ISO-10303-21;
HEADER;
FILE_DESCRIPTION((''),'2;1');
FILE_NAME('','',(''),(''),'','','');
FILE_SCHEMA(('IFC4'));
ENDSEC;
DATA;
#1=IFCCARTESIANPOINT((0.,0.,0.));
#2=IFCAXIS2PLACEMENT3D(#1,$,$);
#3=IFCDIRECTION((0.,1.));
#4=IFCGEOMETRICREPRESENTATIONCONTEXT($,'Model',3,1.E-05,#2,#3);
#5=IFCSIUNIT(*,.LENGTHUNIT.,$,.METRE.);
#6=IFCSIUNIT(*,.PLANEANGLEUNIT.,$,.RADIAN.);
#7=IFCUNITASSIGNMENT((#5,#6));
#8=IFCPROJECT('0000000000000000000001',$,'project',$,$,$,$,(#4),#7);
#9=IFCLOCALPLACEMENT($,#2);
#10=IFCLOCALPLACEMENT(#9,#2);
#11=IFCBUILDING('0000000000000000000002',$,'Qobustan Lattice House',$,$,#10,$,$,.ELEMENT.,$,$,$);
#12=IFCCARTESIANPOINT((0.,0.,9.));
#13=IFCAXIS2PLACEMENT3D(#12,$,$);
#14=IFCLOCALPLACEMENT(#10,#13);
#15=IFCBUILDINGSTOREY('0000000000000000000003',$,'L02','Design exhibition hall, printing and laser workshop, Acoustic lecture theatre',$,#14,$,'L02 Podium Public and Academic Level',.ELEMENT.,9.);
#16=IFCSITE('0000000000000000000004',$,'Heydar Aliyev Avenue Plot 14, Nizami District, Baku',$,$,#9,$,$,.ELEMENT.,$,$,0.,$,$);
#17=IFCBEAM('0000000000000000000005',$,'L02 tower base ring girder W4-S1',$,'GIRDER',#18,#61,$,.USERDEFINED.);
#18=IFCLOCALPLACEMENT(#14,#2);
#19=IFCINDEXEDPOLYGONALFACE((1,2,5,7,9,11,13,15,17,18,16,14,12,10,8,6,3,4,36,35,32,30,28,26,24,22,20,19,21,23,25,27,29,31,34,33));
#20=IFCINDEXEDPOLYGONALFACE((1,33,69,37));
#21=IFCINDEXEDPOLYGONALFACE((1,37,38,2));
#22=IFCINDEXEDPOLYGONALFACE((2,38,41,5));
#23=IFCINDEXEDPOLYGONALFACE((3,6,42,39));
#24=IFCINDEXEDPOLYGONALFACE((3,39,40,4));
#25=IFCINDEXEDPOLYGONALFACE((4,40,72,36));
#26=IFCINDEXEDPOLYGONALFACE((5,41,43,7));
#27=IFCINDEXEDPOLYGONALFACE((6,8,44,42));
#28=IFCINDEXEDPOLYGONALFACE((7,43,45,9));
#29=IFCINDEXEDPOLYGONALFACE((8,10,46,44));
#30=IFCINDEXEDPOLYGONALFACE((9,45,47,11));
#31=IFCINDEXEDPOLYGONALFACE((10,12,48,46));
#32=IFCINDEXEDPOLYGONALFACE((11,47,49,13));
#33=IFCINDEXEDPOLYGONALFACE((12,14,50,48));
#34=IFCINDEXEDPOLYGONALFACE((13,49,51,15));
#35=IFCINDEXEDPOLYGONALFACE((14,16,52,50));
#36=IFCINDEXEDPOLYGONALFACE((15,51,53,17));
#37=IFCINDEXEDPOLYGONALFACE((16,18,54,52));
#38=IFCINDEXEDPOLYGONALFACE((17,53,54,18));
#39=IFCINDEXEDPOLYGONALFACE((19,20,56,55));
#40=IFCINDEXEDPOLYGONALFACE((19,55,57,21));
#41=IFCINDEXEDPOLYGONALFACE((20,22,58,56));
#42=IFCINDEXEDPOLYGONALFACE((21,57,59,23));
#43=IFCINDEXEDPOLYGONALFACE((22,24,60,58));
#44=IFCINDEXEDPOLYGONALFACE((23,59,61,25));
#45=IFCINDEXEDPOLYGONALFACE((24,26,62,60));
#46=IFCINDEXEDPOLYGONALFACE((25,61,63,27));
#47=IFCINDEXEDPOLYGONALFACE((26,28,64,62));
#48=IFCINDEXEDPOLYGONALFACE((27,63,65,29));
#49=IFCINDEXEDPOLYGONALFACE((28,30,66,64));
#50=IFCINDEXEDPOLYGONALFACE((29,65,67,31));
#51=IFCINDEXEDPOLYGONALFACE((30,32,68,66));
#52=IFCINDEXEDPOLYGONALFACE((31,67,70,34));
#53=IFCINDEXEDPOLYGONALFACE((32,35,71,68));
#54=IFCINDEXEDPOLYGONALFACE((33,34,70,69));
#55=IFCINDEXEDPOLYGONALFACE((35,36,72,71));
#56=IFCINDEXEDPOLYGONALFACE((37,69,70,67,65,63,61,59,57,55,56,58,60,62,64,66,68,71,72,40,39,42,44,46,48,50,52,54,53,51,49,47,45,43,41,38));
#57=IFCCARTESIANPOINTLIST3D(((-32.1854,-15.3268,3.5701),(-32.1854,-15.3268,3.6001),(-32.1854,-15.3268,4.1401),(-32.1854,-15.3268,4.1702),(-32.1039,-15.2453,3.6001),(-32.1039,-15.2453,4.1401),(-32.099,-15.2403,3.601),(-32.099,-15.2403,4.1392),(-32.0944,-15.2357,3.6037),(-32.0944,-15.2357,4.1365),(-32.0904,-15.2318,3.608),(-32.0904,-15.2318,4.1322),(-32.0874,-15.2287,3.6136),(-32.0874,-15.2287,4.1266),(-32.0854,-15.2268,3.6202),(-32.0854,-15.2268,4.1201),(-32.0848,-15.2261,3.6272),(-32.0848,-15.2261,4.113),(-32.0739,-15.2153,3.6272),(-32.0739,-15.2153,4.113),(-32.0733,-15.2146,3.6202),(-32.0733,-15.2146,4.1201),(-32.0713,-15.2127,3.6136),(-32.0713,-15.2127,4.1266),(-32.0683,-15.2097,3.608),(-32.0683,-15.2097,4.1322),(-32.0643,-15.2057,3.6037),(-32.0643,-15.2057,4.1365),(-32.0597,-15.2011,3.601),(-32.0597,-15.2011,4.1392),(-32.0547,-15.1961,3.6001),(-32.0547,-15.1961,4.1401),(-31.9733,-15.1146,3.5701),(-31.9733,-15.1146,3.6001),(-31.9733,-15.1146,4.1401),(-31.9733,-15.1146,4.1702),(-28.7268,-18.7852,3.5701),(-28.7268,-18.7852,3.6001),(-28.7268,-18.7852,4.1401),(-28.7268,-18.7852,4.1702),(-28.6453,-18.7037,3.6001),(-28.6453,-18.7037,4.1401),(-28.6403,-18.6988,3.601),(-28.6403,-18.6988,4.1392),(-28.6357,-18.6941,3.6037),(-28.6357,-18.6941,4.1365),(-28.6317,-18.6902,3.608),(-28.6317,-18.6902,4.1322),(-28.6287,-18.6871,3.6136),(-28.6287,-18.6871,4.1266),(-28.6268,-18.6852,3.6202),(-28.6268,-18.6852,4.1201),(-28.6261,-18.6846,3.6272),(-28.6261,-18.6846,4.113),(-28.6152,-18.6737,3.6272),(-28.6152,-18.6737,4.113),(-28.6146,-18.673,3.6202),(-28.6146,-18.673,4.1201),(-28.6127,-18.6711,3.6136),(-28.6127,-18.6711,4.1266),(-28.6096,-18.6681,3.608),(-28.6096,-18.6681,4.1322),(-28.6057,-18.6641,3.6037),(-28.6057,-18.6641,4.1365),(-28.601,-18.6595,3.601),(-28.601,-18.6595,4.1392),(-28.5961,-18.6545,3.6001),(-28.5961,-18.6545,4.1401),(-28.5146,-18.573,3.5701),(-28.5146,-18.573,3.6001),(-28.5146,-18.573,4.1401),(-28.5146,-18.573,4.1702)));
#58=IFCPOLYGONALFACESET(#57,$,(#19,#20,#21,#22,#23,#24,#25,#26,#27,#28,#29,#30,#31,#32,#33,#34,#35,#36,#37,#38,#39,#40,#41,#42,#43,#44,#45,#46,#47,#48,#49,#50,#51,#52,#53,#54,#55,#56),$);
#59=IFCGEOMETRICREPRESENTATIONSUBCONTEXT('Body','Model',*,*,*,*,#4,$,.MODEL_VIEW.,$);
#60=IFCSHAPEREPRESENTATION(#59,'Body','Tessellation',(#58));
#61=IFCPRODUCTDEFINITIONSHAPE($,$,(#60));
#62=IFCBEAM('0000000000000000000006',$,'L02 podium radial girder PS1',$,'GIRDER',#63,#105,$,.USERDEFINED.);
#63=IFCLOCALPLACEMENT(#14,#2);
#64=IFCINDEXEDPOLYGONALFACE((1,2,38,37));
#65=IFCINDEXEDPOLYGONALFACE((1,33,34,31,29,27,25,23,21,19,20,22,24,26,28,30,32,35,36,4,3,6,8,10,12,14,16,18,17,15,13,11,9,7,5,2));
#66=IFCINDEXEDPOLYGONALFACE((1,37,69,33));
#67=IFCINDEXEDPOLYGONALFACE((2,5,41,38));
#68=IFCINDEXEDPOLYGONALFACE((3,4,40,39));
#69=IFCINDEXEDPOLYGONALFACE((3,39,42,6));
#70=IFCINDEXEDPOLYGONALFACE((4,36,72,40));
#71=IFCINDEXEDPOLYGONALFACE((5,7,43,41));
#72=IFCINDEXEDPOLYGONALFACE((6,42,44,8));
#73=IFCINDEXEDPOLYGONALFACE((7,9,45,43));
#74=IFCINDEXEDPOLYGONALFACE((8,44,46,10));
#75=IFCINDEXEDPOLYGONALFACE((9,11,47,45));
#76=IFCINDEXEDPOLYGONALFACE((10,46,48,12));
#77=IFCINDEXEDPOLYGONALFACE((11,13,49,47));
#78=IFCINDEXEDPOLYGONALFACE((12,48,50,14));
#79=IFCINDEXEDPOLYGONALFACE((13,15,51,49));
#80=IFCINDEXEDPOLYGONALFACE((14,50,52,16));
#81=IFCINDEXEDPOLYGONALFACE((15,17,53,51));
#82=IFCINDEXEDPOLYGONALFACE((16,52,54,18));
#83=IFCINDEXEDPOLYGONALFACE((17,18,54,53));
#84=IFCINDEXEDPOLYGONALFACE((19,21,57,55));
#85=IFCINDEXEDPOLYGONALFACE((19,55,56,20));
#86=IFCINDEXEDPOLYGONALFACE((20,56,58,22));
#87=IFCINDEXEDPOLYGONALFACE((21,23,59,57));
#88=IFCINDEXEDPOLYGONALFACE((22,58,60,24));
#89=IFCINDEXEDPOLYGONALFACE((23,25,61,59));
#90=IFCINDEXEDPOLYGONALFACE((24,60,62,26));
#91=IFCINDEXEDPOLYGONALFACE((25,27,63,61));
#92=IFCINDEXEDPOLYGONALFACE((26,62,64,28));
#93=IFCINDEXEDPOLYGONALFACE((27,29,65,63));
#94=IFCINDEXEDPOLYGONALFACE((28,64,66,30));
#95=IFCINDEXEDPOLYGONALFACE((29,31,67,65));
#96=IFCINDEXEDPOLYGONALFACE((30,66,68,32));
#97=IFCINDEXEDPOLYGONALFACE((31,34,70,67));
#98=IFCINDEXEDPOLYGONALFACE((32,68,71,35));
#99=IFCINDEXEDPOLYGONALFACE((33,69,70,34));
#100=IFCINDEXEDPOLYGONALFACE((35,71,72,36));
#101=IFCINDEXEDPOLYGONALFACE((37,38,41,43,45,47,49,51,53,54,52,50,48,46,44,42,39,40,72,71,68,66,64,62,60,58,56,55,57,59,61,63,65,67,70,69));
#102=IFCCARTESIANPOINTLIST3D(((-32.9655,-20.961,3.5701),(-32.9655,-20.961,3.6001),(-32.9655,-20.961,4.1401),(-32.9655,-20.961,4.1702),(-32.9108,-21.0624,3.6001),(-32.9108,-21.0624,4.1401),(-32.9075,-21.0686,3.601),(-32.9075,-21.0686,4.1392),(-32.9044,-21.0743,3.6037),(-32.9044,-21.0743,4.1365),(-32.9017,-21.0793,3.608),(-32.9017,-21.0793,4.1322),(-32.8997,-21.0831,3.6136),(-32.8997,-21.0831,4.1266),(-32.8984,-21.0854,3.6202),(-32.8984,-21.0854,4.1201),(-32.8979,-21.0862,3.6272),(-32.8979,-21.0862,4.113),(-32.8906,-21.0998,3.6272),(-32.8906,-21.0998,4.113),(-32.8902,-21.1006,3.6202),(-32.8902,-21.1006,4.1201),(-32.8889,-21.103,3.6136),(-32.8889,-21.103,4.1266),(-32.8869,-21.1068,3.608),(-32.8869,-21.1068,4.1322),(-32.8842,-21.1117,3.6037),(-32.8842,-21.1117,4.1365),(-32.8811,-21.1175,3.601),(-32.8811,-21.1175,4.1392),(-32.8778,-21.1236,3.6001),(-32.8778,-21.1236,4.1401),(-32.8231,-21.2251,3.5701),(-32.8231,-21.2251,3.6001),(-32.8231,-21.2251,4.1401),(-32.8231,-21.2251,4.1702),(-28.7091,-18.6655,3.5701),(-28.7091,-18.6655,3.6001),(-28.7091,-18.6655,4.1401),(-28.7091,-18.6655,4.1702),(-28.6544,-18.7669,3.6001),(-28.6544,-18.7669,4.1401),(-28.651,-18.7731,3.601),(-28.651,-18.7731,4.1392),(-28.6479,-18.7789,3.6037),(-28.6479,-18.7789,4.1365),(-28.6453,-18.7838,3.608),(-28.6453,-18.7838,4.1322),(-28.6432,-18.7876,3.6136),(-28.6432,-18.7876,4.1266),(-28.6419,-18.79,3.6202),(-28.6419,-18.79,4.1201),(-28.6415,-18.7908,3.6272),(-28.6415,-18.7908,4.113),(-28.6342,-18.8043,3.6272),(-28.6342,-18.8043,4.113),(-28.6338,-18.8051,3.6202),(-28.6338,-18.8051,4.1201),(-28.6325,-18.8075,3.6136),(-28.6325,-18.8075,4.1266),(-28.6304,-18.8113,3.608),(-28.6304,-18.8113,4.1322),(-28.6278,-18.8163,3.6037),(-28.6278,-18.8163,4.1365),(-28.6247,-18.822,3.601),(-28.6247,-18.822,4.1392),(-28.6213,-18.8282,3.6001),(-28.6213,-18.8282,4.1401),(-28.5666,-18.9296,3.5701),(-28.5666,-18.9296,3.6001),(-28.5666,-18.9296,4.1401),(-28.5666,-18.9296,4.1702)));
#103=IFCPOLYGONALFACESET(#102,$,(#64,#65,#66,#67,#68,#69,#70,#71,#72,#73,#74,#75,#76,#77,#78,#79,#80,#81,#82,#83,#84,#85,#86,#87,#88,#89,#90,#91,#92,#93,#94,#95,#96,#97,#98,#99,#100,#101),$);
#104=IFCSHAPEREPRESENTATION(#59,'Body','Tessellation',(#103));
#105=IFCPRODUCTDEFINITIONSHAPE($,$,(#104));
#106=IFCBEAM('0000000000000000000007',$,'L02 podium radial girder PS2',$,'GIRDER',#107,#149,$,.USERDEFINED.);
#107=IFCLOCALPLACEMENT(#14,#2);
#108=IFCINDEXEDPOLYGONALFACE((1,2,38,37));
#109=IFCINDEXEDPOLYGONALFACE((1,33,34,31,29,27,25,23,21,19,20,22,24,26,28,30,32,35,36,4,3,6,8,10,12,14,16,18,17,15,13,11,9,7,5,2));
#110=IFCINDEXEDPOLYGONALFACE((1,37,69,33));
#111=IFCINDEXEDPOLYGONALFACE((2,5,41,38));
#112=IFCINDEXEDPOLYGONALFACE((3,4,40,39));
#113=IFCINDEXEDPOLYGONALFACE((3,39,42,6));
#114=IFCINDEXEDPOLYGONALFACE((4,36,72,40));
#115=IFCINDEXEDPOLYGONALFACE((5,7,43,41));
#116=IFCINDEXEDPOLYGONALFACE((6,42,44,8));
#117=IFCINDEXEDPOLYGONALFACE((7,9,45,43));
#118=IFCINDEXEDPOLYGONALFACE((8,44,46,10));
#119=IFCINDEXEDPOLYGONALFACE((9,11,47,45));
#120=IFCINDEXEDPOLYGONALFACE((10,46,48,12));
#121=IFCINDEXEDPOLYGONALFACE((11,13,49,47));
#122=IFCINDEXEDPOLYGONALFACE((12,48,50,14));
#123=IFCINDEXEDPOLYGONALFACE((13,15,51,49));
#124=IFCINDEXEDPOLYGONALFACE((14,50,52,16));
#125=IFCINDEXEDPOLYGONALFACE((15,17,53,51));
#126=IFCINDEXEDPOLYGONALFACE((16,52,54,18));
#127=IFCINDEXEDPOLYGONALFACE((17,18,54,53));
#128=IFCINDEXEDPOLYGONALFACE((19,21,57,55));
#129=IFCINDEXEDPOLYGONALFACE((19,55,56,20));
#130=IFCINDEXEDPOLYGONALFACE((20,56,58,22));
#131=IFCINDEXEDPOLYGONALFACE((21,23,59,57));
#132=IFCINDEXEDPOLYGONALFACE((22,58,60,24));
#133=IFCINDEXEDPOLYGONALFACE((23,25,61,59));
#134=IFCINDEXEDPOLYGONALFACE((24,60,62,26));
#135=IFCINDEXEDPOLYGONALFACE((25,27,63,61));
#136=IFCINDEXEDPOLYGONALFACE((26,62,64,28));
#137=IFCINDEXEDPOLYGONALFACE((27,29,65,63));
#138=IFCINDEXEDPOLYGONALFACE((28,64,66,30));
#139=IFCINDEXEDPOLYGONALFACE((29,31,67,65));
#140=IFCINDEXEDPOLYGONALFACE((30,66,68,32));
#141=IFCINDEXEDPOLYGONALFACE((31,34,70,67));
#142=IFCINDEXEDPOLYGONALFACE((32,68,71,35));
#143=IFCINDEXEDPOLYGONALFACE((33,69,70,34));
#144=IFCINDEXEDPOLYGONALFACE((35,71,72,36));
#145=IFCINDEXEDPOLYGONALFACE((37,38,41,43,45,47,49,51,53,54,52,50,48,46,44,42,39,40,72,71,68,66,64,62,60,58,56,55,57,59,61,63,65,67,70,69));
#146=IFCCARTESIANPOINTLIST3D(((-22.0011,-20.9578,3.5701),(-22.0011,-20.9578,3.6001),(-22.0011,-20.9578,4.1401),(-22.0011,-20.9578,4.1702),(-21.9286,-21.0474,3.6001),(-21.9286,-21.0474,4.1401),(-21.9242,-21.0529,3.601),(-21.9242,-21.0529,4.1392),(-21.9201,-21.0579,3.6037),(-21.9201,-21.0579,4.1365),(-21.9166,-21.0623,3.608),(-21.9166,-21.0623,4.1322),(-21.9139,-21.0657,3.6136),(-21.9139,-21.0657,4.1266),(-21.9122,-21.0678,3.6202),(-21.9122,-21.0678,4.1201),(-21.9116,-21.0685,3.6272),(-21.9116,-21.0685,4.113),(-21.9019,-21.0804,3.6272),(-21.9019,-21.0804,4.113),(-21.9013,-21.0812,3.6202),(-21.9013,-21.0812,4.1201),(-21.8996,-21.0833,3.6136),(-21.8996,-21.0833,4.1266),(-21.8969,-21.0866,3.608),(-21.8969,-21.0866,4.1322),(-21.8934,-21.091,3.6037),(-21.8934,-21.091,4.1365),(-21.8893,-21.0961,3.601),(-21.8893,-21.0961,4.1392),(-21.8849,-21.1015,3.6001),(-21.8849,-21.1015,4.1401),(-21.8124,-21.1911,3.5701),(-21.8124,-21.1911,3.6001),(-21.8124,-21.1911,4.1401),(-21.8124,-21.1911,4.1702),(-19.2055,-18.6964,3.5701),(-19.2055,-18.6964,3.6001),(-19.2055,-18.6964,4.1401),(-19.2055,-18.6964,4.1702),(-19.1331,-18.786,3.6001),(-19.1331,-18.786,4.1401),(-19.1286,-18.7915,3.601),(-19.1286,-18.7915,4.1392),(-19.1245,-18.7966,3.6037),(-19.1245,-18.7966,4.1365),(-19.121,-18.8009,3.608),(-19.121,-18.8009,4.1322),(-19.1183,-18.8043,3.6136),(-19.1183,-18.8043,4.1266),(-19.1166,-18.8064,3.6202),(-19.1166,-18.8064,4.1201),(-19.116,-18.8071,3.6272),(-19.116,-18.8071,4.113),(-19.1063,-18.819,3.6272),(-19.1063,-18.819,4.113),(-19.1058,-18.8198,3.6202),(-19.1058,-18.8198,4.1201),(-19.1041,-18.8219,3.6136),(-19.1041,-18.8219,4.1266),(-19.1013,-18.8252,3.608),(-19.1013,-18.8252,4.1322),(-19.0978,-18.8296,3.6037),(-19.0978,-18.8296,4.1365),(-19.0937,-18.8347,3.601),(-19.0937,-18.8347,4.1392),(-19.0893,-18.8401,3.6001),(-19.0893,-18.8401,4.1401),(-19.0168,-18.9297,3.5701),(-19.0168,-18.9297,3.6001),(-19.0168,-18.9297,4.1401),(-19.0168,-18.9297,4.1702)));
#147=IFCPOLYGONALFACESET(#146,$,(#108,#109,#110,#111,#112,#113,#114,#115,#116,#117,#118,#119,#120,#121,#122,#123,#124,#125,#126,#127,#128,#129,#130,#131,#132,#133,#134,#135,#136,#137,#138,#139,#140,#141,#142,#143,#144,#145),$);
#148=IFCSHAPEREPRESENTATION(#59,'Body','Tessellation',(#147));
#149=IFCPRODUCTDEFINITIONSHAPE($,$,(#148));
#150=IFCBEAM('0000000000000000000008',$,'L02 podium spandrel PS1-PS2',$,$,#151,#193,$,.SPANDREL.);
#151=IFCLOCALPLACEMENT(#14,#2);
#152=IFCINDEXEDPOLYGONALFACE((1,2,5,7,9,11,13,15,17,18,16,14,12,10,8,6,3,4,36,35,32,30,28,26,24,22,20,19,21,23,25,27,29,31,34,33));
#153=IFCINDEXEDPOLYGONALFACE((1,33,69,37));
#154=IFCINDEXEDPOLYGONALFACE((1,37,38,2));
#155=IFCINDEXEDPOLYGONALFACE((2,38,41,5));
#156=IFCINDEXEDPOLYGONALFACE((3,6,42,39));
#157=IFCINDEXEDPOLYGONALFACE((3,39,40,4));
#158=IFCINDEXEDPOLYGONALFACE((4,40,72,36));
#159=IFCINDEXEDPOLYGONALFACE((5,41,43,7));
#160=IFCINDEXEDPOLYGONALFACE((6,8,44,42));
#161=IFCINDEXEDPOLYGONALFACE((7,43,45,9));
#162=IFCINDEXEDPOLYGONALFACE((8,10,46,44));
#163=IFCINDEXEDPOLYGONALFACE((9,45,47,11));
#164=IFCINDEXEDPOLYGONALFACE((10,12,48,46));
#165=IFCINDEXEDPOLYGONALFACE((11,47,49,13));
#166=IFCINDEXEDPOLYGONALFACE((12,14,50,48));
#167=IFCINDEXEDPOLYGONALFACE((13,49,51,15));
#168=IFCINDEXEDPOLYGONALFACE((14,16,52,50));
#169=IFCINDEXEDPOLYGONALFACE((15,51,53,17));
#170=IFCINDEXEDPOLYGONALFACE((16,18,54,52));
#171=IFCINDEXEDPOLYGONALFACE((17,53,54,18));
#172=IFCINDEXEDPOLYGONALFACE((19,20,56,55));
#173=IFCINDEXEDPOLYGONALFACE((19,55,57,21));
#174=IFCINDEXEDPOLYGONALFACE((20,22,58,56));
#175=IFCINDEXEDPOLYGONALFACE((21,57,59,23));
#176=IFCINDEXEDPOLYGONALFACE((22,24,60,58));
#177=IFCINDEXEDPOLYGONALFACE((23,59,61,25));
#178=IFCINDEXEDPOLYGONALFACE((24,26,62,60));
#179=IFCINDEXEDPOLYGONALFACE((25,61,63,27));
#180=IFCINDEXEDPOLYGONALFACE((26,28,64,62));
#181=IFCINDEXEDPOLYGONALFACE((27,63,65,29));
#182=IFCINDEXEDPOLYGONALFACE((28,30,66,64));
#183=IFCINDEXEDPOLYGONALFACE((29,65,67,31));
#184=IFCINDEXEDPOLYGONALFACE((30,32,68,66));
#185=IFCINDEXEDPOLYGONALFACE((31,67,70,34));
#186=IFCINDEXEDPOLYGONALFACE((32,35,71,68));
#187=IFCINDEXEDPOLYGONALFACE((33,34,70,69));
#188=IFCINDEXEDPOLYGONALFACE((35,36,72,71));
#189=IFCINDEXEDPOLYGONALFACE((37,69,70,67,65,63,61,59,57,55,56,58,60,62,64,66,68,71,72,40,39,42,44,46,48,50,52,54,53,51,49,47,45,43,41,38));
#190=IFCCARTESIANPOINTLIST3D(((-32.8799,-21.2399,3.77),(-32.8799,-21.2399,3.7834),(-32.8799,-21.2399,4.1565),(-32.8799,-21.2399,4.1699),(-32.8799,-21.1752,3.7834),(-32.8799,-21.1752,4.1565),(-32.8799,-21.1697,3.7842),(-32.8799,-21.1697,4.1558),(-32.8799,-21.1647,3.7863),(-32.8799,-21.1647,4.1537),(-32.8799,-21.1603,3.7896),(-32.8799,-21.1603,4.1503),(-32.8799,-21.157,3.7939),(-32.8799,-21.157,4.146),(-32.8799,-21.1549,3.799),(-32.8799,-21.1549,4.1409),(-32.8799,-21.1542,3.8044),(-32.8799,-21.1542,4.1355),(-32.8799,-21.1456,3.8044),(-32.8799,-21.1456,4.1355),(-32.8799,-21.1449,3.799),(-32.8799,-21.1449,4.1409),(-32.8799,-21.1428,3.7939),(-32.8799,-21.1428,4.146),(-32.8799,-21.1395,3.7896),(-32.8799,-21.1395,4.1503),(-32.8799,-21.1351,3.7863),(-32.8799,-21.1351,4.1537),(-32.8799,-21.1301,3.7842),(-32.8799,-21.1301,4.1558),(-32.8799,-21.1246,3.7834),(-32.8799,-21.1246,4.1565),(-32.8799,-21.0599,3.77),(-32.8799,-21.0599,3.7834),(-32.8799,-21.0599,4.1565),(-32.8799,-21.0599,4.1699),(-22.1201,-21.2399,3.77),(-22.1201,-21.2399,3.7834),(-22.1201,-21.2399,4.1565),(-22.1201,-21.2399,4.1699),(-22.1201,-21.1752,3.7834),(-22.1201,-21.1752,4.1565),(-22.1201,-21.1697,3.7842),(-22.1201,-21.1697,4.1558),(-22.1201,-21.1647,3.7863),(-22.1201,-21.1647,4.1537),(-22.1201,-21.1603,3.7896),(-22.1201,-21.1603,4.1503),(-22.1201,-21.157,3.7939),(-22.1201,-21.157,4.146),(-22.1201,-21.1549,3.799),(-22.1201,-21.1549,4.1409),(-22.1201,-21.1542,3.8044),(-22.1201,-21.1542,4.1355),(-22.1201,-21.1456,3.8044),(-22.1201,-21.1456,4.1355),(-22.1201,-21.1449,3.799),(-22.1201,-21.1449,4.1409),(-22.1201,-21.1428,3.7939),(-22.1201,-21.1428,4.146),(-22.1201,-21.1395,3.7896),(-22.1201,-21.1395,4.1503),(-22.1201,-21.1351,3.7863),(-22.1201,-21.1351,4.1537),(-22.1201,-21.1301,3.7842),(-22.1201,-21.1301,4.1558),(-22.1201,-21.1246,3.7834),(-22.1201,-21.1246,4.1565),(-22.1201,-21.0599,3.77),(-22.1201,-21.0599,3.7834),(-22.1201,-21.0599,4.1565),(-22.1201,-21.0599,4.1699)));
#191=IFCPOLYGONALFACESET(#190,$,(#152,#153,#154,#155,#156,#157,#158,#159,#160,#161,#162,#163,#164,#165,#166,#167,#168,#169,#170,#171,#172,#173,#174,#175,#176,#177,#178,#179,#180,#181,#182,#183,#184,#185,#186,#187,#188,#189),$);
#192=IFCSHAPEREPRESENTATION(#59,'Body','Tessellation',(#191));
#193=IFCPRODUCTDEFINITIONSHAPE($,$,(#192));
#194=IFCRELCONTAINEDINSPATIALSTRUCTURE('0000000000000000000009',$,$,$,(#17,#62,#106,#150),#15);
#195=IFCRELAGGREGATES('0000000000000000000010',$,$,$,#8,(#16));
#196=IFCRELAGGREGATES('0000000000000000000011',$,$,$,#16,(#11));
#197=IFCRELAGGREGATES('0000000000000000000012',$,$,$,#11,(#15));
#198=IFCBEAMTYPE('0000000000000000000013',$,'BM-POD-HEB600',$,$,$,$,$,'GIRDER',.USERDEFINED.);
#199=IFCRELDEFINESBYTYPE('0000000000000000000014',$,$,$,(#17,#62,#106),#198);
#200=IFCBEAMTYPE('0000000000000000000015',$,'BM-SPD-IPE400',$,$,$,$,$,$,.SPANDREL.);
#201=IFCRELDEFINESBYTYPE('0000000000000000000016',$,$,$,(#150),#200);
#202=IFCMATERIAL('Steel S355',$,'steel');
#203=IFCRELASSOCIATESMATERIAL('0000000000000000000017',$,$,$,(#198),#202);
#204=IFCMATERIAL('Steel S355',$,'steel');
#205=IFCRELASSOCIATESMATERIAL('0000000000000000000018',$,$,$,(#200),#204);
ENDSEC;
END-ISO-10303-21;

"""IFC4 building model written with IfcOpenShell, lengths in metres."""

from ifc_helpers import new_model, si_unit, direction, frame, origin, origin_2d, place, context, subcontext, project, spatial, i_section, extrude, material, material_profile, profile_set, type_object, element, save


model = new_model("IFC4")

# Units and contexts
model_context = context("Model", 3, precision=1e-05, world=origin(), true_north=direction((0.0, 1.0)))
body_context = subcontext(model_context, "Body", "Model", "MODEL_VIEW")
ifc_project = project(units=[si_unit("LENGTHUNIT", "METRE"), si_unit("PLANEANGLEUNIT", "RADIAN")], contexts=[model_context])

# Site, building, storey
site_placement = place(None, origin())
site = spatial("IfcSite", under=ifc_project, at=site_placement, Name="Heydar Aliyev Avenue Plot 14, Nizami District, Baku", CompositionType="ELEMENT", RefElevation=0.0)
building_placement = place(site_placement, origin())
building = spatial("IfcBuilding", under=site, at=building_placement, Name="Qobustan Lattice House", CompositionType="ELEMENT")
storey_placement = place(building_placement, frame((0.0, 0.0, 9.0)))
storey = spatial("IfcBuildingStorey", under=building, at=storey_placement, Name="L02", Description="Design exhibition hall, printing and laser workshop, Acoustic lecture theatre", LongName="L02 Podium Public and Academic Level", CompositionType="ELEMENT", Elevation=9.0)

# Beams
ifc_material_1 = material(Name="Steel S355", Category="steel")
ifc_material_profile_1 = material_profile(ifc_material_1, i_section(OverallWidth=0.3, OverallDepth=0.6001, WebThickness=0.0154, FlangeThickness=0.03, FilletRadius=0.0271, at=origin_2d()), Name="HEB600")
ifc_profile_set_1 = profile_set([ifc_material_profile_1], Name="Steel S355")
beam_type_1 = type_object("IfcBeamType", Name="BM-POD-HEB600", ElementType="GIRDER", PredefinedType="USERDEFINED", material=ifc_profile_set_1)
beam_1_placement = place(storey_placement, frame((-32.0793, -15.2207, 3.8701), z_axis=(0.707132, -0.707082, 0.0), x_axis=(0.707082, 0.707132, 0.0)))
element("IfcBeam", 1, at=beam_1_placement, inside=storey, type_object=beam_type_1, Name="L02 tower base ring girder W4-S1", ObjectType="GIRDER", PredefinedType="USERDEFINED", context=body_context, shape_type="SweptSolid", body=[
    extrude(i_section(OverallWidth=0.3, OverallDepth=0.6001, WebThickness=0.0154, FlangeThickness=0.03, FilletRadius=0.0271, at=origin_2d()), origin(), (0.0, 0.0, 1.0), 4.8911),
])
beam_2_placement = place(storey_placement, frame((-32.8943, -21.093, 3.8701), z_axis=(0.880166, 0.474666, 0.0), x_axis=(-0.474666, 0.880166, 0.0)))
element("IfcBeam", 2, at=beam_2_placement, inside=storey, type_object=beam_type_1, Name="L02 podium radial girder PS1", ObjectType="GIRDER", PredefinedType="USERDEFINED", context=body_context, shape_type="SweptSolid", body=[
    extrude(i_section(OverallWidth=0.3, OverallDepth=0.6001, WebThickness=0.0154, FlangeThickness=0.03, FilletRadius=0.0271, at=origin_2d()), origin(), (0.0, 0.0, 1.0), 4.8359),
])
beam_3_placement = place(storey_placement, frame((-21.9067, -21.0745, 3.8701), z_axis=(0.777473, 0.628917, 0.0), x_axis=(-0.628917, 0.777473, 0.0)))
element("IfcBeam", 3, at=beam_3_placement, inside=storey, type_object=beam_type_1, Name="L02 podium radial girder PS2", ObjectType="GIRDER", PredefinedType="USERDEFINED", context=body_context, shape_type="SweptSolid", body=[
    extrude(i_section(OverallWidth=0.3, OverallDepth=0.6001, WebThickness=0.0154, FlangeThickness=0.03, FilletRadius=0.0271, at=origin_2d()), origin(), (0.0, 0.0, 1.0), 3.5957),
])
ifc_material_2 = material(Name="Steel S355", Category="steel")
ifc_material_profile_2 = material_profile(ifc_material_2, i_section(OverallWidth=0.1799, OverallDepth=0.3999, WebThickness=0.0085, FlangeThickness=0.0134, FilletRadius=0.021, at=origin_2d()), Name="IPE400")
ifc_profile_set_2 = profile_set([ifc_material_profile_2], Name="Steel S355")
beam_type_2 = type_object("IfcBeamType", Name="BM-SPD-IPE400", PredefinedType="SPANDREL", material=ifc_profile_set_2)
for number, where, z_axis, x_axis, name in (
    (4, (-32.8799, -21.1499, 3.97), (1.0, 0.0, 0.0), (0.0, 1.0, 0.0), "L02 podium spandrel PS1-PS2"),
):
    element("IfcBeam", number, at=place(storey_placement, frame(where, z_axis=z_axis, x_axis=x_axis)), inside=storey, type_object=beam_type_2, Name=name, PredefinedType="SPANDREL", context=body_context, shape_type="SweptSolid", body=[
        extrude(i_section(OverallWidth=0.1799, OverallDepth=0.3999, WebThickness=0.0085, FlangeThickness=0.0134, FilletRadius=0.021, at=origin_2d()), origin(), (0.0, 0.0, 1.0), 10.7598),
    ])

save(model, "model.ifc")
